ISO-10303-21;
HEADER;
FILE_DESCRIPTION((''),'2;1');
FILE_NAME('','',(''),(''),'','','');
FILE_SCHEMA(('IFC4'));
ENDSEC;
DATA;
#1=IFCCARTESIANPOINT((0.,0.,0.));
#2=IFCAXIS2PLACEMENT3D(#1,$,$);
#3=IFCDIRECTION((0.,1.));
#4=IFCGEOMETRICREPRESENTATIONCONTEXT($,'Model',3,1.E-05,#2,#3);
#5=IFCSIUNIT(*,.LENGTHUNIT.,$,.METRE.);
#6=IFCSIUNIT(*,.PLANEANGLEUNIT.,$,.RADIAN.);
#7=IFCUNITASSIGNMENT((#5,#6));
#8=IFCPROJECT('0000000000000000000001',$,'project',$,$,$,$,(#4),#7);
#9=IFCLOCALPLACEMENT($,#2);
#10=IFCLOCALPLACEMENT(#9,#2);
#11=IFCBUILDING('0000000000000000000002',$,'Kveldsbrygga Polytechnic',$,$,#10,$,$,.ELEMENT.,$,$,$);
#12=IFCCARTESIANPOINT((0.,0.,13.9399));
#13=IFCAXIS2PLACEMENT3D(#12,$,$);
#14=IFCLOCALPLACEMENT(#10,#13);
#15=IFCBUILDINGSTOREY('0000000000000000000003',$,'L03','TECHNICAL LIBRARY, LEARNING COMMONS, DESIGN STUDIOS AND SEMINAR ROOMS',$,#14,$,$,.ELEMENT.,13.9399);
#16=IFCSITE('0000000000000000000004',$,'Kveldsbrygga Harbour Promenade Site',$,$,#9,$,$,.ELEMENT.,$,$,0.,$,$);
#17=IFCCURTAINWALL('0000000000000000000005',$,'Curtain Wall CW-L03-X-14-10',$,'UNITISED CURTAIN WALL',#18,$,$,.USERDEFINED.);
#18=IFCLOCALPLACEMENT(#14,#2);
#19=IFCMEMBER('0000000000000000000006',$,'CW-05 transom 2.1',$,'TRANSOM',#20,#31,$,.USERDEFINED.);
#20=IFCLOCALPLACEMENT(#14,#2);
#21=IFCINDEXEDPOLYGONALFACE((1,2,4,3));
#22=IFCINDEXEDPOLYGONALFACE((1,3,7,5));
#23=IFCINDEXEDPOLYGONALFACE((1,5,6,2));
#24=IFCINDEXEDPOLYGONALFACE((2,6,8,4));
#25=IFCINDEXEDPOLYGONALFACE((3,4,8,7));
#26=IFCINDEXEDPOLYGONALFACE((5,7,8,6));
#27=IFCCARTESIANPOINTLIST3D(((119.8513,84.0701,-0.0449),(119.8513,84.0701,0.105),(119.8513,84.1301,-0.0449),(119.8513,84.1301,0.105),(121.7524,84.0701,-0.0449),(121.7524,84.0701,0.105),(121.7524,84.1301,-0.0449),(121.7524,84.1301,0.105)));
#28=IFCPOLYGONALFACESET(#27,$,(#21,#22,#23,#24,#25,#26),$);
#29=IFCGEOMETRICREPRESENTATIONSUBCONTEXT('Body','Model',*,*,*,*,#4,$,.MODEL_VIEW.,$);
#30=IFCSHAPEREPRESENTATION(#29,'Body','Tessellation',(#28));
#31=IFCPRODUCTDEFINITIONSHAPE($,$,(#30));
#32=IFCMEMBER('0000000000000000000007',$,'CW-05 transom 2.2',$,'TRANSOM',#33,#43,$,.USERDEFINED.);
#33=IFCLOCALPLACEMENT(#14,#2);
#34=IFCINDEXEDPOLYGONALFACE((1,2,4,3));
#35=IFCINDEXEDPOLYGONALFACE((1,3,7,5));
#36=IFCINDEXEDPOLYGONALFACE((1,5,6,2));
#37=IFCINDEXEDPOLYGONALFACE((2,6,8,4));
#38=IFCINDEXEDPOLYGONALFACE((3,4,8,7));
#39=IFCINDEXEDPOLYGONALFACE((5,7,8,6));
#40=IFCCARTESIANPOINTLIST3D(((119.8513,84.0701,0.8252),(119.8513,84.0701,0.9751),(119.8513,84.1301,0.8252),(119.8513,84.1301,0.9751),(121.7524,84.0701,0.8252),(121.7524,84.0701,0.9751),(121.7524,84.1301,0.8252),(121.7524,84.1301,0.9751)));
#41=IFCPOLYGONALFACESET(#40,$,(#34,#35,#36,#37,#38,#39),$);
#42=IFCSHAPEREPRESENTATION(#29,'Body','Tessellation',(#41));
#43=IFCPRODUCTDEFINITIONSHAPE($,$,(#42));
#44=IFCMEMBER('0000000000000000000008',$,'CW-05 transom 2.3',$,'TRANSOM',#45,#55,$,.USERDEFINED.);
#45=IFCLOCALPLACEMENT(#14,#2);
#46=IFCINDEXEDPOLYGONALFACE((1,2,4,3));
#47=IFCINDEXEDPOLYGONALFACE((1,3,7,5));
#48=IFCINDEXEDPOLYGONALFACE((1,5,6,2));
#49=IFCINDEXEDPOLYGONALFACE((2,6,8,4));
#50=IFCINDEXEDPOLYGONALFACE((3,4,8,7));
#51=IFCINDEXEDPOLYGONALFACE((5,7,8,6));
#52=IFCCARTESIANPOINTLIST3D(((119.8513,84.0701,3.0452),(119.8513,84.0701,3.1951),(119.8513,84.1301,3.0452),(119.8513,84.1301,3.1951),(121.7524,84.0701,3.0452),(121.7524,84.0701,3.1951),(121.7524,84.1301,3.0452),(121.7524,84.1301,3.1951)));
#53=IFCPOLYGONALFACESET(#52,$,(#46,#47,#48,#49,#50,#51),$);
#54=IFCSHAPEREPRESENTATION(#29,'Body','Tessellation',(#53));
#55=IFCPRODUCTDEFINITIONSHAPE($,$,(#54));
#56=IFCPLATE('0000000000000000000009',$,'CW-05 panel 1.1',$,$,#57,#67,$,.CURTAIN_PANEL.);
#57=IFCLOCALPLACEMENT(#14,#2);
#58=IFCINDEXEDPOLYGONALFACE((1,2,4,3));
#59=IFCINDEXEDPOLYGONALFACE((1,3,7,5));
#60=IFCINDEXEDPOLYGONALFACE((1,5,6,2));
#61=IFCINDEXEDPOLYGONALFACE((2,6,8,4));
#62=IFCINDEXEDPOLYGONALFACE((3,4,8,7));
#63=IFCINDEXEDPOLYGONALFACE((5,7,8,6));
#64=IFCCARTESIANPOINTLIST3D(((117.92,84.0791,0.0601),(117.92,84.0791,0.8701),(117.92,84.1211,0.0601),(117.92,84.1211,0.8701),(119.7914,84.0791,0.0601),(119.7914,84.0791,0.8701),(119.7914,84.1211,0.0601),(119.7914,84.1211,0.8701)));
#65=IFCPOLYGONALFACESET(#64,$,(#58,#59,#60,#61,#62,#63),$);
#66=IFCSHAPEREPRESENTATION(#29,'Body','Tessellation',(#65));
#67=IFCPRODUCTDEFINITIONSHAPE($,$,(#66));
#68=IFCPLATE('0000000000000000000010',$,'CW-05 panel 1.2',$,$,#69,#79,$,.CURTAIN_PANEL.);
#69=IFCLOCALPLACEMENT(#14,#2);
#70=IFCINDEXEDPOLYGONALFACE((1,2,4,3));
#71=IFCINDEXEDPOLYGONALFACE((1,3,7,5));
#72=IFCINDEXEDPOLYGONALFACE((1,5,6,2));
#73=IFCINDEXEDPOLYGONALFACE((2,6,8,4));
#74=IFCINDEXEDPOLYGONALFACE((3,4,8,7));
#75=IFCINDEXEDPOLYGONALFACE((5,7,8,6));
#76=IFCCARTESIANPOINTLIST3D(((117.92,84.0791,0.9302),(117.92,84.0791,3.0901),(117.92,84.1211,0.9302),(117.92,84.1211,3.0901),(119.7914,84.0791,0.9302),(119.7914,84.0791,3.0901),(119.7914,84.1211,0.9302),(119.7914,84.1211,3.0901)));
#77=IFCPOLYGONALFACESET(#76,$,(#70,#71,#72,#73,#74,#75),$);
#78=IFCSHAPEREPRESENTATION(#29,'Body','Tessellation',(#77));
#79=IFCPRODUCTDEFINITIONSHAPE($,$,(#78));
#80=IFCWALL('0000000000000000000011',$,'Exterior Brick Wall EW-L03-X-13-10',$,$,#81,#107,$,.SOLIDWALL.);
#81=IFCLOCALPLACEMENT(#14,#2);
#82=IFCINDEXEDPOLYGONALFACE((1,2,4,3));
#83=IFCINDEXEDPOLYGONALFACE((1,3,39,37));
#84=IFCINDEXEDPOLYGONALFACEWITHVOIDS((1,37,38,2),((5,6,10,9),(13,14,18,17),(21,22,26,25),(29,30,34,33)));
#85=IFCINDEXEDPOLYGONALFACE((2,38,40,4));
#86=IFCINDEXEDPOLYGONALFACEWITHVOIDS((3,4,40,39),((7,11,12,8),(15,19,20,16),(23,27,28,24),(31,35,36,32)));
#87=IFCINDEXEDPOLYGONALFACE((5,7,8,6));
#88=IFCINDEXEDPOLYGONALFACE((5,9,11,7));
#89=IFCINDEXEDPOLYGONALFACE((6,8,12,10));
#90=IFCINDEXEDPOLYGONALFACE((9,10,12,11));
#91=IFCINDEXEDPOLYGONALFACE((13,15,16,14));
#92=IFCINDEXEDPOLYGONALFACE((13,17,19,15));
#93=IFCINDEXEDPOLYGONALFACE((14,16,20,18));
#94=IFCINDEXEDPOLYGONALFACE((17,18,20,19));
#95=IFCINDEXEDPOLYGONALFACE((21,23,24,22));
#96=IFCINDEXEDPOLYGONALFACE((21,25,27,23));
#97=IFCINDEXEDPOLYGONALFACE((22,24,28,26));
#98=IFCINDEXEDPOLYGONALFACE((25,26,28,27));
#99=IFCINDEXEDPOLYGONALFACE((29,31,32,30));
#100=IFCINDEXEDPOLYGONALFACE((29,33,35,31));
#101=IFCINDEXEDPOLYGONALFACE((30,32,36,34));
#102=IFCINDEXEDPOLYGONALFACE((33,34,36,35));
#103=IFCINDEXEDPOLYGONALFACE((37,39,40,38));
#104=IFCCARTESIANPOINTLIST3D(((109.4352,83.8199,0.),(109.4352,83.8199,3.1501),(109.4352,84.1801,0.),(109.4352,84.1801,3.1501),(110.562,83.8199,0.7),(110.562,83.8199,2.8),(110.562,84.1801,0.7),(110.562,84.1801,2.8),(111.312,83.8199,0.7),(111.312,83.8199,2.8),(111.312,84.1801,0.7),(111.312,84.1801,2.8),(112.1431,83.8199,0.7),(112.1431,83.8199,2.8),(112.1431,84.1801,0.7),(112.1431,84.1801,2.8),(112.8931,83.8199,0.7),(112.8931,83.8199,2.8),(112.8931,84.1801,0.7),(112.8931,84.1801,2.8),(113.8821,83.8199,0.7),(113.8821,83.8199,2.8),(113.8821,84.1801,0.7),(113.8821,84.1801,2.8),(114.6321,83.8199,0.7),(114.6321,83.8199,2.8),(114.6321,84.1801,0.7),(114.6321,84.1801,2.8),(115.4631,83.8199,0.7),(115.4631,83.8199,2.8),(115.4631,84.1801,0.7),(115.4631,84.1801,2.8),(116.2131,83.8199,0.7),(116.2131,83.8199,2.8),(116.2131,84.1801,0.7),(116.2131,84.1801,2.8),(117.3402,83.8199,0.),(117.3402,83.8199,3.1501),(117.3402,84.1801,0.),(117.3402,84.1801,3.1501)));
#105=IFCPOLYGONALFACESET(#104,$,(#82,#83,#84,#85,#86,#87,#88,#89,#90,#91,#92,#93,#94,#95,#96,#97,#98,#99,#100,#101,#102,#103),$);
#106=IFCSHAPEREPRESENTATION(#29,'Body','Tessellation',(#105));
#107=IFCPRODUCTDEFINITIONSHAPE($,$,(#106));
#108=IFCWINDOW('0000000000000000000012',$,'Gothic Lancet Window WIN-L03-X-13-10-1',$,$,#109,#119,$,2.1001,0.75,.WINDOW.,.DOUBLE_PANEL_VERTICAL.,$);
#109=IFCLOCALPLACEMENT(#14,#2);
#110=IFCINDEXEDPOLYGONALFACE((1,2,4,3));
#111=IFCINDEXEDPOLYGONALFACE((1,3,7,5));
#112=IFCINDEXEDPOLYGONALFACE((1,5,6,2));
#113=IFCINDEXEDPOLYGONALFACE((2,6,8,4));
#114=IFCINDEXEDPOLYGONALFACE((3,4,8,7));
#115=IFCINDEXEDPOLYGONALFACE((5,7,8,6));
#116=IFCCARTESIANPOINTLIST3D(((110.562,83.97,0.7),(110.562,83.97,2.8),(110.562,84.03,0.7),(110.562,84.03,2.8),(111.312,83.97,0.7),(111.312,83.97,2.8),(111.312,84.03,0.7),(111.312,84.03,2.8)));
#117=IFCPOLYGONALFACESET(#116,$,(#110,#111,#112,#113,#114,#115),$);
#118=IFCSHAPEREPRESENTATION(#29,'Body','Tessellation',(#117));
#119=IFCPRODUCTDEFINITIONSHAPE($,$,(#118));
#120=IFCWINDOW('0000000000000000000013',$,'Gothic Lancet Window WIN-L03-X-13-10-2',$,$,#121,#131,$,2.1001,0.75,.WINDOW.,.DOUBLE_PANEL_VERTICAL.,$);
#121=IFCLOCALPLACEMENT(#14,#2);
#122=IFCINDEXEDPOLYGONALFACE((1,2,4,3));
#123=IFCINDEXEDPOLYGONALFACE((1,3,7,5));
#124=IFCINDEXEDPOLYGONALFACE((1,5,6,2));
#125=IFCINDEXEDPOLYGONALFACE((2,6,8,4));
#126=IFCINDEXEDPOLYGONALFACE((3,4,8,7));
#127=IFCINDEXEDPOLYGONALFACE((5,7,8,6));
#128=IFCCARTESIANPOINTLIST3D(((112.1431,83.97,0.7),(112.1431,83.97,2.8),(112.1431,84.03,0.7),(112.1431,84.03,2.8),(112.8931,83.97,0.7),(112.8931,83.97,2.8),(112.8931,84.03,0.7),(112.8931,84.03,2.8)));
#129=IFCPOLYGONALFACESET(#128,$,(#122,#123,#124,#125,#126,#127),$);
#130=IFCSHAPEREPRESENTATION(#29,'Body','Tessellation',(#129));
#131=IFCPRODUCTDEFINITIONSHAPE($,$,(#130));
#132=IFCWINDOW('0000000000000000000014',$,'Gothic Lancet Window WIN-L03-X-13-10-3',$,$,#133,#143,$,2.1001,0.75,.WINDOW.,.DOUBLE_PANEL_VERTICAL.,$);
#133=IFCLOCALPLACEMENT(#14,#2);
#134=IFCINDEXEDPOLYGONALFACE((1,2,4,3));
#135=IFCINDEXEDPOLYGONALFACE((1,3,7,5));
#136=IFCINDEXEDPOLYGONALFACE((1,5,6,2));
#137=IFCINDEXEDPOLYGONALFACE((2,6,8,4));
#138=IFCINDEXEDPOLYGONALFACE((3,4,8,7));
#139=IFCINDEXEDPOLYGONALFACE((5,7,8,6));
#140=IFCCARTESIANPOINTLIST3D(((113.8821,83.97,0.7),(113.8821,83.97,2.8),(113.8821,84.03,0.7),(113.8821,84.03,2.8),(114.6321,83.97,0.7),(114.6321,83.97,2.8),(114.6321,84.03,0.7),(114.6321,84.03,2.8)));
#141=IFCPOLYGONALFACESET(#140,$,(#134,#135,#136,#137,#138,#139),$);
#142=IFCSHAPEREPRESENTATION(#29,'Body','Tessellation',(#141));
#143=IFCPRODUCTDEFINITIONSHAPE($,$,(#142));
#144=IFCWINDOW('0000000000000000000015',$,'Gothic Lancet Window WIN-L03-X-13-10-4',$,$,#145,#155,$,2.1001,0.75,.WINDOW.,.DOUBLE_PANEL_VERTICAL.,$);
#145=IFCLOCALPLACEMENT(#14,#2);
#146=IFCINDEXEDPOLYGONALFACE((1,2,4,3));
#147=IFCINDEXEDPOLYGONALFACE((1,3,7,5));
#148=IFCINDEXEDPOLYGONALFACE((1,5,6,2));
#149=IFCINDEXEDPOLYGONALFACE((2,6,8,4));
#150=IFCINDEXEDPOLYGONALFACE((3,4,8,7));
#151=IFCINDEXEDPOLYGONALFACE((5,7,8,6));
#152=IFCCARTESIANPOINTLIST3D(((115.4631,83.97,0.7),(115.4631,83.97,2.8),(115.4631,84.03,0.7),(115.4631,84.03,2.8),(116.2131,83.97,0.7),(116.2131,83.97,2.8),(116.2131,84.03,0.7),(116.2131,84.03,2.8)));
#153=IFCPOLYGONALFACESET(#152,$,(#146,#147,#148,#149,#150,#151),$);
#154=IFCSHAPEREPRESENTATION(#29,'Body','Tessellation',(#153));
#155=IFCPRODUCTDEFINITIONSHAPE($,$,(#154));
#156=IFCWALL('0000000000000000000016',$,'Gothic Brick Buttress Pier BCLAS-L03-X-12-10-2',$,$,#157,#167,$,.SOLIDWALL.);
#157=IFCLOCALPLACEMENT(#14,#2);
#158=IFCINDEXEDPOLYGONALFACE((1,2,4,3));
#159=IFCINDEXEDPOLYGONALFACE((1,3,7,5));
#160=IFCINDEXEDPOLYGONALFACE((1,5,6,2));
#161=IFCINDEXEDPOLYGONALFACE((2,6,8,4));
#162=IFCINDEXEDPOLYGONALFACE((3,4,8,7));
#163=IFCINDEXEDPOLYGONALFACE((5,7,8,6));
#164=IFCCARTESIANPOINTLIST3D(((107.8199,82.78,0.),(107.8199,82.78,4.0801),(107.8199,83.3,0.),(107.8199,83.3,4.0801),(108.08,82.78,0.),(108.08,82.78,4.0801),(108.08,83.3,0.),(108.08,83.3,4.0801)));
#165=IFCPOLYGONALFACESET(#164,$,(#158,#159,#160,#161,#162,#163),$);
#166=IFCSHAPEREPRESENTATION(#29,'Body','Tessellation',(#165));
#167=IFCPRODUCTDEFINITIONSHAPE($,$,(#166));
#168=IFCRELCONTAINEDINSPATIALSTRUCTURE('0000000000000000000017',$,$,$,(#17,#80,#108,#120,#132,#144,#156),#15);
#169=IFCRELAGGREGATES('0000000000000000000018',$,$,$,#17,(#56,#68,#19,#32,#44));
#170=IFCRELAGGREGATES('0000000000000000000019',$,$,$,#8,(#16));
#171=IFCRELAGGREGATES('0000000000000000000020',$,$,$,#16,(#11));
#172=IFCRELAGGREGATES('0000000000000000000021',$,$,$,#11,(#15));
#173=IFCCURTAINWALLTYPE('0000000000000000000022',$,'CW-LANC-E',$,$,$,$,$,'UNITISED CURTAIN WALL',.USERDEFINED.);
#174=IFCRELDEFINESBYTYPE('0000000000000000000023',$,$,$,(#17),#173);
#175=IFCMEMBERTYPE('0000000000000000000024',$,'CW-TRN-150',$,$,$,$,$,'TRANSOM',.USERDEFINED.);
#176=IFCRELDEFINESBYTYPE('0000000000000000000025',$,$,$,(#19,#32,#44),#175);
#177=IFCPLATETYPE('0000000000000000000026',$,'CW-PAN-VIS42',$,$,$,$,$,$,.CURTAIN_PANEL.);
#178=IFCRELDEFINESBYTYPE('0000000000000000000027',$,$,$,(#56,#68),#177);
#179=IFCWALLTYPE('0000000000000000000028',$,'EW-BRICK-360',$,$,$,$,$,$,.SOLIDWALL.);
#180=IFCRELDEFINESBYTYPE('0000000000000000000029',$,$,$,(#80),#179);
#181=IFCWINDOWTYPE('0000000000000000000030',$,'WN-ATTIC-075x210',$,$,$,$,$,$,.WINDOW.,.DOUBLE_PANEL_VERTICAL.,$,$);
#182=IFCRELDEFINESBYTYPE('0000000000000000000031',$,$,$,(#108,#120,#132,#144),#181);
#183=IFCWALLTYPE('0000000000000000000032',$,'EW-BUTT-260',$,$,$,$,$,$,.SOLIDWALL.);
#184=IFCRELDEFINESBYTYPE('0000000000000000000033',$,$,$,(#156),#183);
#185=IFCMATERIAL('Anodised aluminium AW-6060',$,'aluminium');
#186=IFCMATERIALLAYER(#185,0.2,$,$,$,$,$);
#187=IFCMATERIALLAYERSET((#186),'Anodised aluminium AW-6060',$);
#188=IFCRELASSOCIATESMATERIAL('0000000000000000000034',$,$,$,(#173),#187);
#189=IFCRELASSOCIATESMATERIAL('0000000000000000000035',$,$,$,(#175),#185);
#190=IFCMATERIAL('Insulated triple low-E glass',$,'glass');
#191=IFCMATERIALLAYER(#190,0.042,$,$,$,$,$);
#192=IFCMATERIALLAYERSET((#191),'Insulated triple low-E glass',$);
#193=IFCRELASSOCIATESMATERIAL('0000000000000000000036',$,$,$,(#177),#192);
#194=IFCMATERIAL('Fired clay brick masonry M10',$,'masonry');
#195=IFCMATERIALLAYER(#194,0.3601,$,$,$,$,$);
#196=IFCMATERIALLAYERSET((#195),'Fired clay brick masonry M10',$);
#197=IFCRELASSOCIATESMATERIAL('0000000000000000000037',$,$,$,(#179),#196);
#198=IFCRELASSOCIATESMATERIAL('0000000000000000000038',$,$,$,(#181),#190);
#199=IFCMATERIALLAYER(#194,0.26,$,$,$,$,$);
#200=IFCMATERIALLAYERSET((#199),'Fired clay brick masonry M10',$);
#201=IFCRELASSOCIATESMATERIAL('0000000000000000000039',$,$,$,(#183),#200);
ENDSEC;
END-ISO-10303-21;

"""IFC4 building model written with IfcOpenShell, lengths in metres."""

from ifc_helpers import new_model, si_unit, direction, frame, frame_2d, origin, origin_2d, place, context, subcontext, project, spatial, rectangle, extrude, material, layer, layer_set, material_profile, profile_set, type_object, element, fill, aggregate, save


model = new_model("IFC4")

# Units and contexts
model_context = context("Model", 3, precision=1e-05, world=origin(), true_north=direction((0.0, 1.0)))
body_context = subcontext(model_context, "Body", "Model", "MODEL_VIEW")
ifc_project = project(units=[si_unit("LENGTHUNIT", "METRE"), si_unit("PLANEANGLEUNIT", "RADIAN")], contexts=[model_context])

# Site, building, storey
site_placement = place(None, origin())
site = spatial("IfcSite", under=ifc_project, at=site_placement, Name="Kveldsbrygga Harbour Promenade Site", CompositionType="ELEMENT", RefElevation=0.0)
building_placement = place(site_placement, origin())
building = spatial("IfcBuilding", under=site, at=building_placement, Name="Kveldsbrygga Polytechnic", CompositionType="ELEMENT")
storey_placement = place(building_placement, frame((0.0, 0.0, 13.9399)))
storey = spatial("IfcBuildingStorey", under=building, at=storey_placement, Name="L03", Description="TECHNICAL LIBRARY, LEARNING COMMONS, DESIGN STUDIOS AND SEMINAR ROOMS", CompositionType="ELEMENT", Elevation=13.9399)

# Curtain wall, members, plates
ifc_material_1 = material(Name="Anodised aluminium AW-6060", Category="aluminium")
ifc_layer_1 = layer(ifc_material_1, 0.2)
ifc_layer_set_1 = layer_set([ifc_layer_1], Name="Anodised aluminium AW-6060")
curtain_wall_type = type_object("IfcCurtainWallType", Name="CW-LANC-E", ElementType="UNITISED CURTAIN WALL", PredefinedType="USERDEFINED", material=ifc_layer_set_1)
curtain_wall_placement = place(storey_placement, origin())
curtain_wall = element("IfcCurtainWall", 1, at=curtain_wall_placement, inside=storey, type_object=curtain_wall_type, Name="Curtain Wall CW-L03-X-14-10", ObjectType="UNITISED CURTAIN WALL", PredefinedType="USERDEFINED")
ifc_material_profile_1 = material_profile(ifc_material_1, rectangle(XDim=0.0601, YDim=0.1499, at=origin_2d()), Name="ALU 60x150")
ifc_profile_set_1 = profile_set([ifc_material_profile_1], Name="Anodised aluminium AW-6060")
member_type_1 = type_object("IfcMemberType", Name="CW-TRN-150", ElementType="TRANSOM", PredefinedType="USERDEFINED", material=ifc_profile_set_1)
member_1_placement = place(storey_placement, frame((119.8513, 84.1001, 0.03), z_axis=(1.0, 0.0, 0.0), x_axis=(0.0, 1.0, 0.0)))
member_1 = element("IfcMember", 2, at=member_1_placement, type_object=member_type_1, Name="CW-05 transom 2.1", ObjectType="TRANSOM", PredefinedType="USERDEFINED", context=body_context, shape_type="SweptSolid", body=[
    extrude(rectangle(XDim=0.0601, YDim=0.1499, at=origin_2d()), origin(), (0.0, 0.0, 1.0), 1.9011),
])
member_2_placement = place(storey_placement, frame((119.8513, 84.1001, 0.9001), z_axis=(1.0, 0.0, 0.0), x_axis=(0.0, 1.0, 0.0)))
member_2 = element("IfcMember", 3, at=member_2_placement, type_object=member_type_1, Name="CW-05 transom 2.2", ObjectType="TRANSOM", PredefinedType="USERDEFINED", context=body_context, shape_type="SweptSolid", body=[
    extrude(rectangle(XDim=0.0601, YDim=0.1499, at=origin_2d()), origin(), (0.0, 0.0, 1.0), 1.9011),
])
member_3_placement = place(storey_placement, frame((119.8513, 84.1001, 3.1201), z_axis=(1.0, 0.0, 0.0), x_axis=(0.0, 1.0, 0.0)))
member_3 = element("IfcMember", 4, at=member_3_placement, type_object=member_type_1, Name="CW-05 transom 2.3", ObjectType="TRANSOM", PredefinedType="USERDEFINED", context=body_context, shape_type="SweptSolid", body=[
    extrude(rectangle(XDim=0.0601, YDim=0.1499, at=origin_2d()), origin(), (0.0, 0.0, 1.0), 1.9011),
])
ifc_material_2 = material(Name="Insulated triple low-E glass", Category="glass")
ifc_layer_2 = layer(ifc_material_2, 0.042)
ifc_layer_set_2 = layer_set([ifc_layer_2], Name="Insulated triple low-E glass")
plate_type = type_object("IfcPlateType", Name="CW-PAN-VIS42", PredefinedType="CURTAIN_PANEL", material=ifc_layer_set_2)
plate_1_placement = place(storey_placement, frame((118.8557, 84.1001, 0.0601), z_axis=(0.0, 0.0, 1.0), x_axis=(1.0, 0.0, 0.0)))
plate_1 = element("IfcPlate", 5, at=plate_1_placement, type_object=plate_type, Name="CW-05 panel 1.1", PredefinedType="CURTAIN_PANEL", context=body_context, shape_type="SweptSolid", body=[
    extrude(rectangle(XDim=1.8713, YDim=0.042, at=origin_2d()), origin(), (0.0, 0.0, 1.0), 0.8101),
])
plate_2_placement = place(storey_placement, frame((118.8557, 84.1001, 0.9302), z_axis=(0.0, 0.0, 1.0), x_axis=(1.0, 0.0, 0.0)))
plate_2 = element("IfcPlate", 6, at=plate_2_placement, type_object=plate_type, Name="CW-05 panel 1.2", PredefinedType="CURTAIN_PANEL", context=body_context, shape_type="SweptSolid", body=[
    extrude(rectangle(XDim=1.8713, YDim=0.042, at=origin_2d()), origin(), (0.0, 0.0, 1.0), 2.1599),
])
aggregate(curtain_wall, [plate_1, plate_2, member_1, member_2, member_3])

# Wall, openings, windows
ifc_material_3 = material(Name="Fired clay brick masonry M10", Category="masonry")
ifc_layer_3 = layer(ifc_material_3, 0.3601)
ifc_layer_set_3 = layer_set([ifc_layer_3], Name="Fired clay brick masonry M10")
wall_type_1 = type_object("IfcWallType", Name="EW-BRICK-360", PredefinedType="SOLIDWALL", material=ifc_layer_set_3)
wall_1_placement = place(storey_placement, frame((109.4351, 84.0, 0.0), z_axis=(0.0, 0.0, 1.0), x_axis=(1.0, 0.0, 0.0)))
wall_1 = element("IfcWall", 7, at=wall_1_placement, inside=storey, type_object=wall_type_1, Name="Exterior Brick Wall EW-L03-X-13-10", PredefinedType="SOLIDWALL", context=body_context, shape_type="SweptSolid", body=[
    extrude(rectangle(XDim=7.905, YDim=0.3601, at=frame_2d((3.9526, 0.0))), origin(), (0.0, 0.0, 1.0), 3.1501),
])
opening_1_placement = place(wall_1_placement, frame((1.127, 0.0, 0.7)))
opening_1 = element("IfcOpeningElement", 8, at=opening_1_placement, cuts=wall_1, PredefinedType="OPENING", context=body_context, shape_type="SweptSolid", body=[
    extrude(rectangle(XDim=0.75, YDim=2.1001, at=frame_2d((0.375, 1.05))), frame((0.0, 0.1899, 0.0), z_axis=(0.0, -1.0, 0.0), x_axis=(1.0, 0.0, 0.0)), (0.0, 0.0, 1.0), 0.3801),
])
opening_2_placement = place(wall_1_placement, frame((2.708, 0.0, 0.7)))
opening_2 = element("IfcOpeningElement", 9, at=opening_2_placement, cuts=wall_1, PredefinedType="OPENING", context=body_context, shape_type="SweptSolid", body=[
    extrude(rectangle(XDim=0.75, YDim=2.1001, at=frame_2d((0.375, 1.05))), frame((0.0, 0.1899, 0.0), z_axis=(0.0, -1.0, 0.0), x_axis=(1.0, 0.0, 0.0)), (0.0, 0.0, 1.0), 0.3801),
])
opening_3_placement = place(wall_1_placement, frame((4.447, 0.0, 0.7)))
opening_3 = element("IfcOpeningElement", 10, at=opening_3_placement, cuts=wall_1, PredefinedType="OPENING", context=body_context, shape_type="SweptSolid", body=[
    extrude(rectangle(XDim=0.75, YDim=2.1001, at=frame_2d((0.375, 1.05))), frame((0.0, 0.1899, 0.0), z_axis=(0.0, -1.0, 0.0), x_axis=(1.0, 0.0, 0.0)), (0.0, 0.0, 1.0), 0.3801),
])
opening_4_placement = place(wall_1_placement, frame((6.0281, 0.0, 0.7)))
opening_4 = element("IfcOpeningElement", 11, at=opening_4_placement, cuts=wall_1, PredefinedType="OPENING", context=body_context, shape_type="SweptSolid", body=[
    extrude(rectangle(XDim=0.75, YDim=2.1001, at=frame_2d((0.375, 1.05))), frame((0.0, 0.1899, 0.0), z_axis=(0.0, -1.0, 0.0), x_axis=(1.0, 0.0, 0.0)), (0.0, 0.0, 1.0), 0.3801),
])
window_type = type_object("IfcWindowType", Name="WN-ATTIC-075x210", PartitioningType="DOUBLE_PANEL_VERTICAL", PredefinedType="WINDOW", material=ifc_material_2)
window_1_placement = place(opening_1_placement, origin())
window_1 = element("IfcWindow", 12, at=window_1_placement, inside=storey, type_object=window_type, Name="Gothic Lancet Window WIN-L03-X-13-10-1", OverallHeight=2.1001, OverallWidth=0.75, PartitioningType="DOUBLE_PANEL_VERTICAL", PredefinedType="WINDOW", context=body_context, shape_type="SweptSolid", body=[
    extrude(rectangle(XDim=0.75, YDim=2.1001, at=frame_2d((0.375, 1.05))), frame((0.0, 0.03, 0.0), z_axis=(0.0, -1.0, 0.0), x_axis=(1.0, 0.0, 0.0)), (0.0, 0.0, 1.0), 0.0601),
])
fill(opening_1, window_1)
window_2_placement = place(opening_2_placement, origin())
window_2 = element("IfcWindow", 13, at=window_2_placement, inside=storey, type_object=window_type, Name="Gothic Lancet Window WIN-L03-X-13-10-2", OverallHeight=2.1001, OverallWidth=0.75, PartitioningType="DOUBLE_PANEL_VERTICAL", PredefinedType="WINDOW", context=body_context, shape_type="SweptSolid", body=[
    extrude(rectangle(XDim=0.75, YDim=2.1001, at=frame_2d((0.375, 1.05))), frame((0.0, 0.03, 0.0), z_axis=(0.0, -1.0, 0.0), x_axis=(1.0, 0.0, 0.0)), (0.0, 0.0, 1.0), 0.0601),
])
fill(opening_2, window_2)
window_3_placement = place(opening_3_placement, origin())
window_3 = element("IfcWindow", 14, at=window_3_placement, inside=storey, type_object=window_type, Name="Gothic Lancet Window WIN-L03-X-13-10-3", OverallHeight=2.1001, OverallWidth=0.75, PartitioningType="DOUBLE_PANEL_VERTICAL", PredefinedType="WINDOW", context=body_context, shape_type="SweptSolid", body=[
    extrude(rectangle(XDim=0.75, YDim=2.1001, at=frame_2d((0.375, 1.05))), frame((0.0, 0.03, 0.0), z_axis=(0.0, -1.0, 0.0), x_axis=(1.0, 0.0, 0.0)), (0.0, 0.0, 1.0), 0.0601),
])
fill(opening_3, window_3)
window_4_placement = place(opening_4_placement, origin())
window_4 = element("IfcWindow", 15, at=window_4_placement, inside=storey, type_object=window_type, Name="Gothic Lancet Window WIN-L03-X-13-10-4", OverallHeight=2.1001, OverallWidth=0.75, PartitioningType="DOUBLE_PANEL_VERTICAL", PredefinedType="WINDOW", context=body_context, shape_type="SweptSolid", body=[
    extrude(rectangle(XDim=0.75, YDim=2.1001, at=frame_2d((0.375, 1.05))), frame((0.0, 0.03, 0.0), z_axis=(0.0, -1.0, 0.0), x_axis=(1.0, 0.0, 0.0)), (0.0, 0.0, 1.0), 0.0601),
])
fill(opening_4, window_4)

# Wall
ifc_layer_4 = layer(ifc_material_3, 0.26)
ifc_layer_set_4 = layer_set([ifc_layer_4], Name="Fired clay brick masonry M10")
wall_type_2 = type_object("IfcWallType", Name="EW-BUTT-260", PredefinedType="SOLIDWALL", material=ifc_layer_set_4)
wall_2_placement = place(storey_placement, frame((107.95, 83.3, 0.0), z_axis=(0.0, 0.0, 1.0), x_axis=(0.0, -1.0, 0.0)))
element("IfcWall", 16, at=wall_2_placement, inside=storey, type_object=wall_type_2, Name="Gothic Brick Buttress Pier BCLAS-L03-X-12-10-2", PredefinedType="SOLIDWALL", context=body_context, shape_type="SweptSolid", body=[
    extrude(rectangle(XDim=0.52, YDim=0.26, at=frame_2d((0.26, 0.0))), origin(), (0.0, 0.0, 1.0), 4.0801),
])

save(model, "model.ifc")
